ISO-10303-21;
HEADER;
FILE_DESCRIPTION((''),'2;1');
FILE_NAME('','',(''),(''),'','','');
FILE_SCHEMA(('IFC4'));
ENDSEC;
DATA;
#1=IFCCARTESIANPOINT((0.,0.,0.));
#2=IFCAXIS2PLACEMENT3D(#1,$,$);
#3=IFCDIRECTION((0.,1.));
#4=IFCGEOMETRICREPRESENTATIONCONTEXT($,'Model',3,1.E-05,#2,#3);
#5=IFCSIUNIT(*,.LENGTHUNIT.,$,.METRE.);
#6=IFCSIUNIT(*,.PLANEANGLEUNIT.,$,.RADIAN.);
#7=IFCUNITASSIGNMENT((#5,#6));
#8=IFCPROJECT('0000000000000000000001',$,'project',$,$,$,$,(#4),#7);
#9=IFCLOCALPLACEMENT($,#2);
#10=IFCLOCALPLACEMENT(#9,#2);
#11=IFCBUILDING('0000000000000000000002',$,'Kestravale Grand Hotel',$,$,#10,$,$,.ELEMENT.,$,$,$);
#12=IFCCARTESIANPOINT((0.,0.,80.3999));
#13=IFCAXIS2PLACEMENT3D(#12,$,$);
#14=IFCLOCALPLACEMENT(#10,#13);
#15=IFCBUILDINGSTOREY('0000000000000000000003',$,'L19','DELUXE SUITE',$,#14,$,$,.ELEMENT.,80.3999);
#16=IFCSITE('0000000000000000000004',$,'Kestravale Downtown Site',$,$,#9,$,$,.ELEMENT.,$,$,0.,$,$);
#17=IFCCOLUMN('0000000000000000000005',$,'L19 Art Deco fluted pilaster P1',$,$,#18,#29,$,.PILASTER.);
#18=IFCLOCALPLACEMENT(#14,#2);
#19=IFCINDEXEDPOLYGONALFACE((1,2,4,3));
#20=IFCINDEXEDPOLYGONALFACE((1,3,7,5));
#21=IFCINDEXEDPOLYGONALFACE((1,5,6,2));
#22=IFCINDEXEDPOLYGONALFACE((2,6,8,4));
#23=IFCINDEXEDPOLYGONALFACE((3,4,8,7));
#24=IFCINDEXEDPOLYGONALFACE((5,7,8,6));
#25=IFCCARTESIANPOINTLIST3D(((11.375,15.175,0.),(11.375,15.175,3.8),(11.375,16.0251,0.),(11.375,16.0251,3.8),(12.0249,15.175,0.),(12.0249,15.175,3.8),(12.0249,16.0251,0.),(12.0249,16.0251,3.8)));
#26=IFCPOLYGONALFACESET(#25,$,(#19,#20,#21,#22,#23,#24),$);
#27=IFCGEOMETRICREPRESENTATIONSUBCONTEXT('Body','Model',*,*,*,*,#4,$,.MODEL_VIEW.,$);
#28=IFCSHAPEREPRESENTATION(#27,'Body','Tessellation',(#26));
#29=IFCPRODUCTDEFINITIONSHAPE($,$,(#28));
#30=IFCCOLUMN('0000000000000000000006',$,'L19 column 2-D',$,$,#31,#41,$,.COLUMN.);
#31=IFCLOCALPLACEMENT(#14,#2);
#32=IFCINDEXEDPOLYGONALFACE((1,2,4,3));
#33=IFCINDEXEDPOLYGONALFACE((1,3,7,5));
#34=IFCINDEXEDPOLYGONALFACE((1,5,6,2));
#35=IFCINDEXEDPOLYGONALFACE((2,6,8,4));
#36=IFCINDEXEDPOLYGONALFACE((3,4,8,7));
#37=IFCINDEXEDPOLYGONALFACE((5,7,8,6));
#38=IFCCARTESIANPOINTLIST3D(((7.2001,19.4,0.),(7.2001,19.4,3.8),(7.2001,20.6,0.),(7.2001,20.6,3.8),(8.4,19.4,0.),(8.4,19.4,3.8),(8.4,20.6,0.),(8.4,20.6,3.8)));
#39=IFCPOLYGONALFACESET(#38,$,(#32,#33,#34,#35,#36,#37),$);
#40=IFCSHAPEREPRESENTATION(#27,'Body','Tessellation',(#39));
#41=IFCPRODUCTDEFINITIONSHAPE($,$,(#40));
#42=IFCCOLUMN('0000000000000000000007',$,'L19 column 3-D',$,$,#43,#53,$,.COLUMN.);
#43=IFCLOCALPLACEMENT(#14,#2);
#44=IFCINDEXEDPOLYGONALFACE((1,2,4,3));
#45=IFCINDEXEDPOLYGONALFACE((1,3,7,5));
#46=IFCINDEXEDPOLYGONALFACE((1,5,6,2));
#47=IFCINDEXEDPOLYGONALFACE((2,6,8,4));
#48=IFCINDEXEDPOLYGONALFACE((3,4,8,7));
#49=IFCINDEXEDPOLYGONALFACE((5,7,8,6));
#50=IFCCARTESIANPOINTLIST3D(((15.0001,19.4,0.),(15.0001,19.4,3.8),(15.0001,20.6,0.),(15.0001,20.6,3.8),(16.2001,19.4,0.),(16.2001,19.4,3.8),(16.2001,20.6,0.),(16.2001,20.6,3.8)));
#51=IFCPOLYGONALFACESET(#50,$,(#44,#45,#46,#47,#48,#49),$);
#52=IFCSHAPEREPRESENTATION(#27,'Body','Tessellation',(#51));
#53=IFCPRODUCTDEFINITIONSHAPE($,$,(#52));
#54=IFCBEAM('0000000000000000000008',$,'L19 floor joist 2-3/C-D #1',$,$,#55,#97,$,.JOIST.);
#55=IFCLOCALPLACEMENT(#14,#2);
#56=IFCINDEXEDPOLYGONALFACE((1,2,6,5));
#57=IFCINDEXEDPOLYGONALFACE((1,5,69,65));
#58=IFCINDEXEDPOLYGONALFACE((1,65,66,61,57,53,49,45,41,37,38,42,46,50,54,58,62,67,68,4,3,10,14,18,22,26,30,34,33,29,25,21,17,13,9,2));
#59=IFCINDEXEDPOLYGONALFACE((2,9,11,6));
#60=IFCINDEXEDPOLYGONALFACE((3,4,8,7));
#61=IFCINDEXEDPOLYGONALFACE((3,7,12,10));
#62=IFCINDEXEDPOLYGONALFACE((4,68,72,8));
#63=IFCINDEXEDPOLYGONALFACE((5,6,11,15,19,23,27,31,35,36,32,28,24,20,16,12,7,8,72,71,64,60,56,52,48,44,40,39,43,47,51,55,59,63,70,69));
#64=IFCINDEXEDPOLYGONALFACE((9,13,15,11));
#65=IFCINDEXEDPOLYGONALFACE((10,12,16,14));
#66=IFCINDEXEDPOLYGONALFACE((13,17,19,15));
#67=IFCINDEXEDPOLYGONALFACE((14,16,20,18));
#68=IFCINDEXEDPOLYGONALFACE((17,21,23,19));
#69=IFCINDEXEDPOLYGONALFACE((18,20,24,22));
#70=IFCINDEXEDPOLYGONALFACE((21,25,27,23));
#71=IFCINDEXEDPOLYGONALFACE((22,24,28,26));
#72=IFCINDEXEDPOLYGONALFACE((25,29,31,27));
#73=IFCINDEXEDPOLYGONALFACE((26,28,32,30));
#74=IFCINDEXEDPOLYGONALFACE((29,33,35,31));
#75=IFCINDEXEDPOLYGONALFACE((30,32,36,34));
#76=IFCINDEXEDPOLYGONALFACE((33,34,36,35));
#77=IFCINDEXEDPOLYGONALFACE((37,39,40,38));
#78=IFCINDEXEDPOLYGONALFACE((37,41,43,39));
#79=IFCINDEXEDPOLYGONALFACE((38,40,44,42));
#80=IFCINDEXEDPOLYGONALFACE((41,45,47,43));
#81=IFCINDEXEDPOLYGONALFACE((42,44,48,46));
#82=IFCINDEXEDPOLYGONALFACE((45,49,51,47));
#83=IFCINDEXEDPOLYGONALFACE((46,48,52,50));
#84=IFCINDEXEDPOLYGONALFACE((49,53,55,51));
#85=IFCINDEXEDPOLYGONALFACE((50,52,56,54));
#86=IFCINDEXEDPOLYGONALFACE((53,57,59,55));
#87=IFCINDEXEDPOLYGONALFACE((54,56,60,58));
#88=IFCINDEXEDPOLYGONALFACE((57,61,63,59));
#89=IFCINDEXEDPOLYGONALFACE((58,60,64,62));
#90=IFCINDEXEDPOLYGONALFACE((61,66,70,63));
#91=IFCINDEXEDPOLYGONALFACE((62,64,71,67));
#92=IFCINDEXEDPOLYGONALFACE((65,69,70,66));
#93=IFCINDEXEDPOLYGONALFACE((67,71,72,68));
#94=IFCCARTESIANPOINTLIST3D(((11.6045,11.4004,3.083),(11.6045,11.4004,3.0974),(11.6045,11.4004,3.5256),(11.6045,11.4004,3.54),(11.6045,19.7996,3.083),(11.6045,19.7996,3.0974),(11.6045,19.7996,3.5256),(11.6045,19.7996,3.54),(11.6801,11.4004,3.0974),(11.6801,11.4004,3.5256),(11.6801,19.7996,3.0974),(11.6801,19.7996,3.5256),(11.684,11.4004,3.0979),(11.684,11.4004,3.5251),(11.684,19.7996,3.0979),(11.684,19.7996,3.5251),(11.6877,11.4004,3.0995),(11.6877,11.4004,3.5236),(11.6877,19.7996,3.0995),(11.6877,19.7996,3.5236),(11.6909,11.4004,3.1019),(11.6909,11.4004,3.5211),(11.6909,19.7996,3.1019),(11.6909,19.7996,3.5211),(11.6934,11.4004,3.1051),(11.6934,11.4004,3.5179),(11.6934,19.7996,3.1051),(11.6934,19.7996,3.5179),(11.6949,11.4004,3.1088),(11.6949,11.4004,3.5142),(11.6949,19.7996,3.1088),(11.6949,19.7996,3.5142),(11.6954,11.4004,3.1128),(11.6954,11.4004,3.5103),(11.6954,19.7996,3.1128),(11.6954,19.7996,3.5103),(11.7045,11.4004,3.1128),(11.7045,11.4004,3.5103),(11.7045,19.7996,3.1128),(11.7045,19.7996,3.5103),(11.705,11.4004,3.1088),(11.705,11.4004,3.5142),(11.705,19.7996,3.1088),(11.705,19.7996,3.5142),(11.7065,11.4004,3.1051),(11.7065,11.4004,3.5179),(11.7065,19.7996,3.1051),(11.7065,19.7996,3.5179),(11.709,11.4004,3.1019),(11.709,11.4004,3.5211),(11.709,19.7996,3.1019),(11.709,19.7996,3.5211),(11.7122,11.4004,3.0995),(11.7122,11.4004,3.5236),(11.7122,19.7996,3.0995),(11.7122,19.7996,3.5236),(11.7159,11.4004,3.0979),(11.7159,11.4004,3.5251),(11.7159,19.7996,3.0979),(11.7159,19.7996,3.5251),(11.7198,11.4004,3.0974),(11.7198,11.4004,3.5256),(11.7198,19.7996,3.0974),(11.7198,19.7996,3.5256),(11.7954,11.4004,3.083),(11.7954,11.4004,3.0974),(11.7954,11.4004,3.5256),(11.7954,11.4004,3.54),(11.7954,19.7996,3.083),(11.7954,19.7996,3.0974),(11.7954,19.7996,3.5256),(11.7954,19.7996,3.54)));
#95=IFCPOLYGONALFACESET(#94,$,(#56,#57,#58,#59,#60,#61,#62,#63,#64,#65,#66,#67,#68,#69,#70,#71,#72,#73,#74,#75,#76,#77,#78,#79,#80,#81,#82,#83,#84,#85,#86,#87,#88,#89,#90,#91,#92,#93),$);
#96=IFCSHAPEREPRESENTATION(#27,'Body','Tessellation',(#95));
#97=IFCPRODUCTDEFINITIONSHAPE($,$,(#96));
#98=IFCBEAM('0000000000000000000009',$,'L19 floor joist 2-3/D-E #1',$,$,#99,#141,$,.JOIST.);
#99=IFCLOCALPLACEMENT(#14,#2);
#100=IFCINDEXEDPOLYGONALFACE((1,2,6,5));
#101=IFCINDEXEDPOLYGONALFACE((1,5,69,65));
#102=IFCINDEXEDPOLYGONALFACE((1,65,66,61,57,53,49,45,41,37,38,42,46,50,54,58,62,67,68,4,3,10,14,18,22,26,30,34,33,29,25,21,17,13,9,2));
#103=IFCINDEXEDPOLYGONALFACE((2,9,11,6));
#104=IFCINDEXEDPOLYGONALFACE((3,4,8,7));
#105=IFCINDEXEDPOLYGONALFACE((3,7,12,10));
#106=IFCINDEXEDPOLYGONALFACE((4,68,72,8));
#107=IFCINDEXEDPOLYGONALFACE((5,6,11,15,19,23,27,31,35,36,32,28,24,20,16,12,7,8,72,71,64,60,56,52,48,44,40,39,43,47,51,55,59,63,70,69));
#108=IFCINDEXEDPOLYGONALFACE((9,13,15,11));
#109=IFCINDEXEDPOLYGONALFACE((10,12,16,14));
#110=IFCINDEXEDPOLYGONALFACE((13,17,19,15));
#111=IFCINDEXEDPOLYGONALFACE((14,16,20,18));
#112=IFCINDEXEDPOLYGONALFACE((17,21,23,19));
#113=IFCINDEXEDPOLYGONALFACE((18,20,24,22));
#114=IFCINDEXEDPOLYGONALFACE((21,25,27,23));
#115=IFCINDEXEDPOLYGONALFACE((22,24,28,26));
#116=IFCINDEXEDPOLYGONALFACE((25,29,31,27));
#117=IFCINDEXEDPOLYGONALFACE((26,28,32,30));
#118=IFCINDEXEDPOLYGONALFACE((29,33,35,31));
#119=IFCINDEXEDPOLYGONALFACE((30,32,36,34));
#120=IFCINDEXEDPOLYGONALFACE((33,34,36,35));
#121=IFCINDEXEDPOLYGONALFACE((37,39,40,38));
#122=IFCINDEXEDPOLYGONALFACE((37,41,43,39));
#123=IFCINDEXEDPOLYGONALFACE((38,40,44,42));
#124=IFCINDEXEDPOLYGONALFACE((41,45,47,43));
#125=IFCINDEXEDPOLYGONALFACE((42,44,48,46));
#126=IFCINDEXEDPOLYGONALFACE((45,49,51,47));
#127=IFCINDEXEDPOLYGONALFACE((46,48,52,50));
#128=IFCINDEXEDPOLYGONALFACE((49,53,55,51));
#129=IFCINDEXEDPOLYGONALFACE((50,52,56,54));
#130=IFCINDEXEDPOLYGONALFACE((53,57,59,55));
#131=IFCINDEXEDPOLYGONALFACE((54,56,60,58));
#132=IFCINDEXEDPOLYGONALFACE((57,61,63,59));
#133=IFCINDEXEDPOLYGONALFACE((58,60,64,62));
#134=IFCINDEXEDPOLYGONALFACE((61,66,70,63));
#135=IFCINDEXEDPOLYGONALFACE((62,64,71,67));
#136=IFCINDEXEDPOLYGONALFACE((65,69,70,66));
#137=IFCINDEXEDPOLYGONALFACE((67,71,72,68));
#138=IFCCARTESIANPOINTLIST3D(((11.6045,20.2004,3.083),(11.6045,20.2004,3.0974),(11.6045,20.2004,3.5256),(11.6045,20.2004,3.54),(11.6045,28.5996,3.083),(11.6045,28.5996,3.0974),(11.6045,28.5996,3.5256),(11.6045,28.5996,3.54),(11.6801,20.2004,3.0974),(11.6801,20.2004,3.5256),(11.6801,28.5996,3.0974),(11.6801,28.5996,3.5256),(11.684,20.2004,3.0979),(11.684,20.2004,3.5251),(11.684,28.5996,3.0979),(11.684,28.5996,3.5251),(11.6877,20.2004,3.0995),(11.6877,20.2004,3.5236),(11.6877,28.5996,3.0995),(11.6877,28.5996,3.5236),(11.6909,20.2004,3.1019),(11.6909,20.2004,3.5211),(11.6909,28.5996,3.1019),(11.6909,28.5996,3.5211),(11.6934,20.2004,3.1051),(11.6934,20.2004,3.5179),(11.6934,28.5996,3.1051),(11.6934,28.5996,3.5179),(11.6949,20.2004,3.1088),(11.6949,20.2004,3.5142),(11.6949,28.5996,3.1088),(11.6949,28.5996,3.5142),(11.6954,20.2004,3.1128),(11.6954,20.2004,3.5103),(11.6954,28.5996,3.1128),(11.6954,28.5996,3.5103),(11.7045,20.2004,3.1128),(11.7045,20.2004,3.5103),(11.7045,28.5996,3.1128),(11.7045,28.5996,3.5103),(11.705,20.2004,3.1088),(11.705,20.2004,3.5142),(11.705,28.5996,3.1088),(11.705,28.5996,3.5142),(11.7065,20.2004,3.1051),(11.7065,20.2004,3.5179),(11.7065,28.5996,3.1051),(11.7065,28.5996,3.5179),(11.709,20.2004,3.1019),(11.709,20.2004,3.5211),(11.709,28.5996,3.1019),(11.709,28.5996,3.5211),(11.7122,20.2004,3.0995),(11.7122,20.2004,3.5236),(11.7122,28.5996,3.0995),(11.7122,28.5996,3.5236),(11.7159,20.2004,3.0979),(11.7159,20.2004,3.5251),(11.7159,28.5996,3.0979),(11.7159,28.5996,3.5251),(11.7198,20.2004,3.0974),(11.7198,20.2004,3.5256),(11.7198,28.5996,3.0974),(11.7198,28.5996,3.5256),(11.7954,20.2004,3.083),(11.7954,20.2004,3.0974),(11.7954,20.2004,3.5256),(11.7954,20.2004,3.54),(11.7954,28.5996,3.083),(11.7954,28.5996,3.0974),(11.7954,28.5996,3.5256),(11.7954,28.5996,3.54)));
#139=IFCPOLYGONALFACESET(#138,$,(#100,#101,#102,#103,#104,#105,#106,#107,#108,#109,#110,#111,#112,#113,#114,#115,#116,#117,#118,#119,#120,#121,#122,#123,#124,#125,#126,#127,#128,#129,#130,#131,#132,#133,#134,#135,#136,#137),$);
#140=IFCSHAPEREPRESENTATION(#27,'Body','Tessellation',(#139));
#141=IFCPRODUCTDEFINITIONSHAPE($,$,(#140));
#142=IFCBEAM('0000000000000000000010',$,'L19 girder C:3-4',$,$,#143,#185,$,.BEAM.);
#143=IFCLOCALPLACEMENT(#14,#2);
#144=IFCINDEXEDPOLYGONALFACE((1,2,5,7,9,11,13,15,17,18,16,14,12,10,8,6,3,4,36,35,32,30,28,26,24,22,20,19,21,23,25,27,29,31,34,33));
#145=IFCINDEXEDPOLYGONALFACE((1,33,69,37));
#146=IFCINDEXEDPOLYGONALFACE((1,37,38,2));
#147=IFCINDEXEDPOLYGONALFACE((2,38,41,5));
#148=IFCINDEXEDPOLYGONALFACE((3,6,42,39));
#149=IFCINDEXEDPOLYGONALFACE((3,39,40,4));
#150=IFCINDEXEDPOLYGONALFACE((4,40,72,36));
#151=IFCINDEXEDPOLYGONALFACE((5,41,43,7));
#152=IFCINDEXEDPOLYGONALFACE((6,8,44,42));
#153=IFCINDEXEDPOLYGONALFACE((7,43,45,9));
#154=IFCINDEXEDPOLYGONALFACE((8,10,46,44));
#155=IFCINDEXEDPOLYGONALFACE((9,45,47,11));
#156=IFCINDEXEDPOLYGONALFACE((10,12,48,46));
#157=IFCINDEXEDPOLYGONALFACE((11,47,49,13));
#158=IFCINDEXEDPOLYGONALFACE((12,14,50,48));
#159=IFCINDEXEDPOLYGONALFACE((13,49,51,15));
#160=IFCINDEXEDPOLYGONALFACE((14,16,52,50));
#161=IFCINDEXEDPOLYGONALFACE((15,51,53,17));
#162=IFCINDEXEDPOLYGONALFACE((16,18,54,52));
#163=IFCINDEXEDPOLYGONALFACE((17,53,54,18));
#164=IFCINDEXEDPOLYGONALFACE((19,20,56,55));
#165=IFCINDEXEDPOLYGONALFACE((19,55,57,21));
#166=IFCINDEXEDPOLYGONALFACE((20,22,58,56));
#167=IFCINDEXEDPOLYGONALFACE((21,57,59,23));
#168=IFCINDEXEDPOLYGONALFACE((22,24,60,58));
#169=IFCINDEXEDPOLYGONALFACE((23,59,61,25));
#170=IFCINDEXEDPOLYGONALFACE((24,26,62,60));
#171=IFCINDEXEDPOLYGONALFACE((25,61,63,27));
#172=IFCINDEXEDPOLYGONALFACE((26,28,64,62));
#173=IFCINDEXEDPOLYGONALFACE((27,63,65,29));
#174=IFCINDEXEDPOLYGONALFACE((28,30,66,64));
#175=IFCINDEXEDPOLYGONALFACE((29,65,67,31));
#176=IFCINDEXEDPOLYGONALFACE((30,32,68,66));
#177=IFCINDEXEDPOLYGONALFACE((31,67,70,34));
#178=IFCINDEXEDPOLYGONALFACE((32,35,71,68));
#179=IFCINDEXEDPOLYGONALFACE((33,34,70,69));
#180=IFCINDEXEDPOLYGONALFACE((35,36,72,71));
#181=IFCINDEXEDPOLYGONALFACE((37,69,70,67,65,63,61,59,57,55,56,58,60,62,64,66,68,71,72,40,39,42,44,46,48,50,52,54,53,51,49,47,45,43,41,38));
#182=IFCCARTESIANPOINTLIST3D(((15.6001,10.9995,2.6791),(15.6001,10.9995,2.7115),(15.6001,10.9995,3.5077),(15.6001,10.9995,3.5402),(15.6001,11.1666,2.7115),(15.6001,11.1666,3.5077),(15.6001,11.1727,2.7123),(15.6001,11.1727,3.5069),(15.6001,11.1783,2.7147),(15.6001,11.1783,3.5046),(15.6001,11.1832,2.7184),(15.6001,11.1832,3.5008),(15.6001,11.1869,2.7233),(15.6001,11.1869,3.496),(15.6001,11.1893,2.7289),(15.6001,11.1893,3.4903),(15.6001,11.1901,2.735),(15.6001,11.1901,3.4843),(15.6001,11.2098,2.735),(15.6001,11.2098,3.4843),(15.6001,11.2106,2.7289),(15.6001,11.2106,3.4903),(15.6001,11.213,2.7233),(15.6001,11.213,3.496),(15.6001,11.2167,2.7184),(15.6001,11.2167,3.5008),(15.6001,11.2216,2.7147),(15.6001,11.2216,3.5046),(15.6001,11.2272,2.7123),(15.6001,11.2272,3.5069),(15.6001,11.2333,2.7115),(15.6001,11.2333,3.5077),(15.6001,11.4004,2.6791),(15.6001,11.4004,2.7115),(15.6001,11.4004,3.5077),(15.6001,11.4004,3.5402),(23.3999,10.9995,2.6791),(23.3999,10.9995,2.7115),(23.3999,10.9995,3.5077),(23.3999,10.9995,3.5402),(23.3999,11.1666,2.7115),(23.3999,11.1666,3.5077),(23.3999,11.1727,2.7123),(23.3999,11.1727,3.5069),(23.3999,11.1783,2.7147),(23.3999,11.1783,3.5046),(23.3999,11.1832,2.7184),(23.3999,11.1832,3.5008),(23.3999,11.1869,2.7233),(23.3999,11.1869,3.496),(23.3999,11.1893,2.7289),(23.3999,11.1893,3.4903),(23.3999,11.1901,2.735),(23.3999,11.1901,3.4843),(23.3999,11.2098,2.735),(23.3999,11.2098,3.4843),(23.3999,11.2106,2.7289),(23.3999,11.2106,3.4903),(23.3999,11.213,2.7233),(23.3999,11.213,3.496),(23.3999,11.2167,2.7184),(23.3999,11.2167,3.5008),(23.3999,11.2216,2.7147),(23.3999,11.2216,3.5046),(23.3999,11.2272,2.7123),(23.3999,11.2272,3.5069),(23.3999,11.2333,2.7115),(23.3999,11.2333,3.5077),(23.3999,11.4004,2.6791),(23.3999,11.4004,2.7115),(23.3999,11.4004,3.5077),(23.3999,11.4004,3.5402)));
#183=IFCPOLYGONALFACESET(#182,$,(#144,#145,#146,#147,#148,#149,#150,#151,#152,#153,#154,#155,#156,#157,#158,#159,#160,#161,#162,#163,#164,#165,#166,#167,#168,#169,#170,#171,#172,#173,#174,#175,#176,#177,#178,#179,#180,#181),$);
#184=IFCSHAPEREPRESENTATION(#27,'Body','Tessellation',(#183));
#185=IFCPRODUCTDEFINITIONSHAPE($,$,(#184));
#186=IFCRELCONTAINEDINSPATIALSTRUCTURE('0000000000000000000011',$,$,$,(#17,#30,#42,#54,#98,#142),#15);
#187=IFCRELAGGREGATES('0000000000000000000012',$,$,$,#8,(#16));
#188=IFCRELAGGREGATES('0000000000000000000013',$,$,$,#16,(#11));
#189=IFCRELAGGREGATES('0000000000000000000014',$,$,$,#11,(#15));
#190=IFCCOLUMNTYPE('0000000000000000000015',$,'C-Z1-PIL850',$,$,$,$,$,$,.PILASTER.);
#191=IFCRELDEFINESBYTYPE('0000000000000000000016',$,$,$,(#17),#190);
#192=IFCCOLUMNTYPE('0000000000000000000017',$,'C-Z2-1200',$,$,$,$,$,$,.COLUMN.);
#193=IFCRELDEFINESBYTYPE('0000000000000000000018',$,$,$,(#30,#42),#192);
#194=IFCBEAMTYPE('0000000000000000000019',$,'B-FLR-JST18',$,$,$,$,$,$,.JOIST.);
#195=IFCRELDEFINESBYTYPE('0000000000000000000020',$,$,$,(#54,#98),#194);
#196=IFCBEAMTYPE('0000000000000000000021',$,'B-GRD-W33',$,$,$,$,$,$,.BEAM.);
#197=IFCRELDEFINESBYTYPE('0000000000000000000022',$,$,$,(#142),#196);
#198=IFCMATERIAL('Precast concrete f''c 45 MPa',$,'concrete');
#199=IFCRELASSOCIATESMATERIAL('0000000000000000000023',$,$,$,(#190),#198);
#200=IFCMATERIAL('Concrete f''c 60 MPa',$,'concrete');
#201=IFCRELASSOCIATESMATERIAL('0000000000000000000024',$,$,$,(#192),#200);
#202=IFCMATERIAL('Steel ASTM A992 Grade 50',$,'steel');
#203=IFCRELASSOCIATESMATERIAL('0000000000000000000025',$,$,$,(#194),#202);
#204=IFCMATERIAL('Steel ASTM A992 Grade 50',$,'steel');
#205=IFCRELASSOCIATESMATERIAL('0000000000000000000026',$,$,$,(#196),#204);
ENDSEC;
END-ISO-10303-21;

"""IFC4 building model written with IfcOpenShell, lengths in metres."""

from ifc_helpers import new_model, si_unit, direction, frame, origin, origin_2d, place, context, subcontext, project, spatial, rectangle, i_section, extrude, material, material_profile, profile_set, type_object, element, save


model = new_model("IFC4")

# Units and contexts
model_context = context("Model", 3, precision=1e-05, world=origin(), true_north=direction((0.0, 1.0)))
body_context = subcontext(model_context, "Body", "Model", "MODEL_VIEW")
ifc_project = project(units=[si_unit("LENGTHUNIT", "METRE"), si_unit("PLANEANGLEUNIT", "RADIAN")], contexts=[model_context])

# Site, building, storey
site_placement = place(None, origin())
site = spatial("IfcSite", under=ifc_project, at=site_placement, Name="Kestravale Downtown Site", CompositionType="ELEMENT", RefElevation=0.0)
building_placement = place(site_placement, origin())
building = spatial("IfcBuilding", under=site, at=building_placement, Name="Kestravale Grand Hotel", CompositionType="ELEMENT")
storey_placement = place(building_placement, frame((0.0, 0.0, 80.3999)))
storey = spatial("IfcBuildingStorey", under=building, at=storey_placement, Name="L19", Description="DELUXE SUITE", CompositionType="ELEMENT", Elevation=80.3999)

# Columns
ifc_material_1 = material(Name="Precast concrete f'c 45 MPa", Category="concrete")
ifc_material_profile_1 = material_profile(ifc_material_1, rectangle(XDim=0.6499, YDim=0.8501, at=origin_2d()))
ifc_profile_set_1 = profile_set([ifc_material_profile_1], Name="Precast concrete f'c 45 MPa")
column_type_1 = type_object("IfcColumnType", Name="C-Z1-PIL850", PredefinedType="PILASTER", material=ifc_profile_set_1)
column_placement = place(storey_placement, frame((11.7, 15.6001, 0.0), z_axis=(0.0, 0.0, 1.0), x_axis=(1.0, 0.0, 0.0)))
element("IfcColumn", 1, at=column_placement, inside=storey, type_object=column_type_1, Name="L19 Art Deco fluted pilaster P1", PredefinedType="PILASTER", context=body_context, shape_type="SweptSolid", body=[
    extrude(rectangle(XDim=0.6499, YDim=0.8501, at=origin_2d()), origin(), (0.0, 0.0, 1.0), 3.8),
])
ifc_material_2 = material(Name="Concrete f'c 60 MPa", Category="concrete")
ifc_material_profile_2 = material_profile(ifc_material_2, rectangle(XDim=1.2, YDim=1.2, at=origin_2d()))
ifc_profile_set_2 = profile_set([ifc_material_profile_2], Name="Concrete f'c 60 MPa")
column_type_2 = type_object("IfcColumnType", Name="C-Z2-1200", PredefinedType="COLUMN", material=ifc_profile_set_2)
for number, where, z_axis, x_axis, name in (
    (2, (7.8, 20.0, 0.0), (0.0, 0.0, 1.0), (1.0, 0.0, 0.0), "L19 column 2-D"),
    (3, (15.6001, 20.0, 0.0), (0.0, 0.0, 1.0), (1.0, 0.0, 0.0), "L19 column 3-D"),
):
    element("IfcColumn", number, at=place(storey_placement, frame(where, z_axis=z_axis, x_axis=x_axis)), inside=storey, type_object=column_type_2, Name=name, PredefinedType="COLUMN", context=body_context, shape_type="SweptSolid", body=[
        extrude(rectangle(XDim=1.2, YDim=1.2, at=origin_2d()), origin(), (0.0, 0.0, 1.0), 3.8),
    ])

# Beams
ifc_material_3 = material(Name="Steel ASTM A992 Grade 50", Category="steel")
ifc_material_profile_3 = material_profile(ifc_material_3, i_section(OverallWidth=0.1909, OverallDepth=0.457, WebThickness=0.009, FlangeThickness=0.0144, FilletRadius=0.0154, at=origin_2d()))
ifc_profile_set_3 = profile_set([ifc_material_profile_3], Name="Steel ASTM A992 Grade 50")
beam_type_1 = type_object("IfcBeamType", Name="B-FLR-JST18", PredefinedType="JOIST", material=ifc_profile_set_3)
for number, where, z_axis, x_axis, name in (
    (4, (11.7, 11.4004, 3.3115), (0.0, 1.0, 0.0), (-1.0, 0.0, 0.0), "L19 floor joist 2-3/C-D #1"),
    (5, (11.7, 20.2004, 3.3115), (0.0, 1.0, 0.0), (-1.0, 0.0, 0.0), "L19 floor joist 2-3/D-E #1"),
):
    element("IfcBeam", number, at=place(storey_placement, frame(where, z_axis=z_axis, x_axis=x_axis)), inside=storey, type_object=beam_type_1, Name=name, PredefinedType="JOIST", context=body_context, shape_type="SweptSolid", body=[
        extrude(i_section(OverallWidth=0.1909, OverallDepth=0.457, WebThickness=0.009, FlangeThickness=0.0144, FilletRadius=0.0154, at=origin_2d()), origin(), (0.0, 0.0, 1.0), 8.3992),
    ])
ifc_material_4 = material(Name="Steel ASTM A992 Grade 50", Category="steel")
ifc_material_profile_4 = material_profile(ifc_material_4, i_section(OverallWidth=0.4009, OverallDepth=0.8611, WebThickness=0.0198, FlangeThickness=0.0325, FilletRadius=0.0234, at=origin_2d()))
ifc_profile_set_4 = profile_set([ifc_material_profile_4], Name="Steel ASTM A992 Grade 50")
beam_type_2 = type_object("IfcBeamType", Name="B-GRD-W33", PredefinedType="BEAM", material=ifc_profile_set_4)
beam_1_placement = place(storey_placement, frame((15.6001, 11.2, 3.1096), z_axis=(1.0, 0.0, 0.0), x_axis=(0.0, 1.0, 0.0)))
element("IfcBeam", 6, at=beam_1_placement, inside=storey, type_object=beam_type_2, Name="L19 girder C:3-4", PredefinedType="BEAM", context=body_context, shape_type="SweptSolid", body=[
    extrude(i_section(OverallWidth=0.4009, OverallDepth=0.8611, WebThickness=0.0198, FlangeThickness=0.0325, FilletRadius=0.0234, at=origin_2d()), origin(), (0.0, 0.0, 1.0), 7.7998),
])

save(model, "model.ifc")
